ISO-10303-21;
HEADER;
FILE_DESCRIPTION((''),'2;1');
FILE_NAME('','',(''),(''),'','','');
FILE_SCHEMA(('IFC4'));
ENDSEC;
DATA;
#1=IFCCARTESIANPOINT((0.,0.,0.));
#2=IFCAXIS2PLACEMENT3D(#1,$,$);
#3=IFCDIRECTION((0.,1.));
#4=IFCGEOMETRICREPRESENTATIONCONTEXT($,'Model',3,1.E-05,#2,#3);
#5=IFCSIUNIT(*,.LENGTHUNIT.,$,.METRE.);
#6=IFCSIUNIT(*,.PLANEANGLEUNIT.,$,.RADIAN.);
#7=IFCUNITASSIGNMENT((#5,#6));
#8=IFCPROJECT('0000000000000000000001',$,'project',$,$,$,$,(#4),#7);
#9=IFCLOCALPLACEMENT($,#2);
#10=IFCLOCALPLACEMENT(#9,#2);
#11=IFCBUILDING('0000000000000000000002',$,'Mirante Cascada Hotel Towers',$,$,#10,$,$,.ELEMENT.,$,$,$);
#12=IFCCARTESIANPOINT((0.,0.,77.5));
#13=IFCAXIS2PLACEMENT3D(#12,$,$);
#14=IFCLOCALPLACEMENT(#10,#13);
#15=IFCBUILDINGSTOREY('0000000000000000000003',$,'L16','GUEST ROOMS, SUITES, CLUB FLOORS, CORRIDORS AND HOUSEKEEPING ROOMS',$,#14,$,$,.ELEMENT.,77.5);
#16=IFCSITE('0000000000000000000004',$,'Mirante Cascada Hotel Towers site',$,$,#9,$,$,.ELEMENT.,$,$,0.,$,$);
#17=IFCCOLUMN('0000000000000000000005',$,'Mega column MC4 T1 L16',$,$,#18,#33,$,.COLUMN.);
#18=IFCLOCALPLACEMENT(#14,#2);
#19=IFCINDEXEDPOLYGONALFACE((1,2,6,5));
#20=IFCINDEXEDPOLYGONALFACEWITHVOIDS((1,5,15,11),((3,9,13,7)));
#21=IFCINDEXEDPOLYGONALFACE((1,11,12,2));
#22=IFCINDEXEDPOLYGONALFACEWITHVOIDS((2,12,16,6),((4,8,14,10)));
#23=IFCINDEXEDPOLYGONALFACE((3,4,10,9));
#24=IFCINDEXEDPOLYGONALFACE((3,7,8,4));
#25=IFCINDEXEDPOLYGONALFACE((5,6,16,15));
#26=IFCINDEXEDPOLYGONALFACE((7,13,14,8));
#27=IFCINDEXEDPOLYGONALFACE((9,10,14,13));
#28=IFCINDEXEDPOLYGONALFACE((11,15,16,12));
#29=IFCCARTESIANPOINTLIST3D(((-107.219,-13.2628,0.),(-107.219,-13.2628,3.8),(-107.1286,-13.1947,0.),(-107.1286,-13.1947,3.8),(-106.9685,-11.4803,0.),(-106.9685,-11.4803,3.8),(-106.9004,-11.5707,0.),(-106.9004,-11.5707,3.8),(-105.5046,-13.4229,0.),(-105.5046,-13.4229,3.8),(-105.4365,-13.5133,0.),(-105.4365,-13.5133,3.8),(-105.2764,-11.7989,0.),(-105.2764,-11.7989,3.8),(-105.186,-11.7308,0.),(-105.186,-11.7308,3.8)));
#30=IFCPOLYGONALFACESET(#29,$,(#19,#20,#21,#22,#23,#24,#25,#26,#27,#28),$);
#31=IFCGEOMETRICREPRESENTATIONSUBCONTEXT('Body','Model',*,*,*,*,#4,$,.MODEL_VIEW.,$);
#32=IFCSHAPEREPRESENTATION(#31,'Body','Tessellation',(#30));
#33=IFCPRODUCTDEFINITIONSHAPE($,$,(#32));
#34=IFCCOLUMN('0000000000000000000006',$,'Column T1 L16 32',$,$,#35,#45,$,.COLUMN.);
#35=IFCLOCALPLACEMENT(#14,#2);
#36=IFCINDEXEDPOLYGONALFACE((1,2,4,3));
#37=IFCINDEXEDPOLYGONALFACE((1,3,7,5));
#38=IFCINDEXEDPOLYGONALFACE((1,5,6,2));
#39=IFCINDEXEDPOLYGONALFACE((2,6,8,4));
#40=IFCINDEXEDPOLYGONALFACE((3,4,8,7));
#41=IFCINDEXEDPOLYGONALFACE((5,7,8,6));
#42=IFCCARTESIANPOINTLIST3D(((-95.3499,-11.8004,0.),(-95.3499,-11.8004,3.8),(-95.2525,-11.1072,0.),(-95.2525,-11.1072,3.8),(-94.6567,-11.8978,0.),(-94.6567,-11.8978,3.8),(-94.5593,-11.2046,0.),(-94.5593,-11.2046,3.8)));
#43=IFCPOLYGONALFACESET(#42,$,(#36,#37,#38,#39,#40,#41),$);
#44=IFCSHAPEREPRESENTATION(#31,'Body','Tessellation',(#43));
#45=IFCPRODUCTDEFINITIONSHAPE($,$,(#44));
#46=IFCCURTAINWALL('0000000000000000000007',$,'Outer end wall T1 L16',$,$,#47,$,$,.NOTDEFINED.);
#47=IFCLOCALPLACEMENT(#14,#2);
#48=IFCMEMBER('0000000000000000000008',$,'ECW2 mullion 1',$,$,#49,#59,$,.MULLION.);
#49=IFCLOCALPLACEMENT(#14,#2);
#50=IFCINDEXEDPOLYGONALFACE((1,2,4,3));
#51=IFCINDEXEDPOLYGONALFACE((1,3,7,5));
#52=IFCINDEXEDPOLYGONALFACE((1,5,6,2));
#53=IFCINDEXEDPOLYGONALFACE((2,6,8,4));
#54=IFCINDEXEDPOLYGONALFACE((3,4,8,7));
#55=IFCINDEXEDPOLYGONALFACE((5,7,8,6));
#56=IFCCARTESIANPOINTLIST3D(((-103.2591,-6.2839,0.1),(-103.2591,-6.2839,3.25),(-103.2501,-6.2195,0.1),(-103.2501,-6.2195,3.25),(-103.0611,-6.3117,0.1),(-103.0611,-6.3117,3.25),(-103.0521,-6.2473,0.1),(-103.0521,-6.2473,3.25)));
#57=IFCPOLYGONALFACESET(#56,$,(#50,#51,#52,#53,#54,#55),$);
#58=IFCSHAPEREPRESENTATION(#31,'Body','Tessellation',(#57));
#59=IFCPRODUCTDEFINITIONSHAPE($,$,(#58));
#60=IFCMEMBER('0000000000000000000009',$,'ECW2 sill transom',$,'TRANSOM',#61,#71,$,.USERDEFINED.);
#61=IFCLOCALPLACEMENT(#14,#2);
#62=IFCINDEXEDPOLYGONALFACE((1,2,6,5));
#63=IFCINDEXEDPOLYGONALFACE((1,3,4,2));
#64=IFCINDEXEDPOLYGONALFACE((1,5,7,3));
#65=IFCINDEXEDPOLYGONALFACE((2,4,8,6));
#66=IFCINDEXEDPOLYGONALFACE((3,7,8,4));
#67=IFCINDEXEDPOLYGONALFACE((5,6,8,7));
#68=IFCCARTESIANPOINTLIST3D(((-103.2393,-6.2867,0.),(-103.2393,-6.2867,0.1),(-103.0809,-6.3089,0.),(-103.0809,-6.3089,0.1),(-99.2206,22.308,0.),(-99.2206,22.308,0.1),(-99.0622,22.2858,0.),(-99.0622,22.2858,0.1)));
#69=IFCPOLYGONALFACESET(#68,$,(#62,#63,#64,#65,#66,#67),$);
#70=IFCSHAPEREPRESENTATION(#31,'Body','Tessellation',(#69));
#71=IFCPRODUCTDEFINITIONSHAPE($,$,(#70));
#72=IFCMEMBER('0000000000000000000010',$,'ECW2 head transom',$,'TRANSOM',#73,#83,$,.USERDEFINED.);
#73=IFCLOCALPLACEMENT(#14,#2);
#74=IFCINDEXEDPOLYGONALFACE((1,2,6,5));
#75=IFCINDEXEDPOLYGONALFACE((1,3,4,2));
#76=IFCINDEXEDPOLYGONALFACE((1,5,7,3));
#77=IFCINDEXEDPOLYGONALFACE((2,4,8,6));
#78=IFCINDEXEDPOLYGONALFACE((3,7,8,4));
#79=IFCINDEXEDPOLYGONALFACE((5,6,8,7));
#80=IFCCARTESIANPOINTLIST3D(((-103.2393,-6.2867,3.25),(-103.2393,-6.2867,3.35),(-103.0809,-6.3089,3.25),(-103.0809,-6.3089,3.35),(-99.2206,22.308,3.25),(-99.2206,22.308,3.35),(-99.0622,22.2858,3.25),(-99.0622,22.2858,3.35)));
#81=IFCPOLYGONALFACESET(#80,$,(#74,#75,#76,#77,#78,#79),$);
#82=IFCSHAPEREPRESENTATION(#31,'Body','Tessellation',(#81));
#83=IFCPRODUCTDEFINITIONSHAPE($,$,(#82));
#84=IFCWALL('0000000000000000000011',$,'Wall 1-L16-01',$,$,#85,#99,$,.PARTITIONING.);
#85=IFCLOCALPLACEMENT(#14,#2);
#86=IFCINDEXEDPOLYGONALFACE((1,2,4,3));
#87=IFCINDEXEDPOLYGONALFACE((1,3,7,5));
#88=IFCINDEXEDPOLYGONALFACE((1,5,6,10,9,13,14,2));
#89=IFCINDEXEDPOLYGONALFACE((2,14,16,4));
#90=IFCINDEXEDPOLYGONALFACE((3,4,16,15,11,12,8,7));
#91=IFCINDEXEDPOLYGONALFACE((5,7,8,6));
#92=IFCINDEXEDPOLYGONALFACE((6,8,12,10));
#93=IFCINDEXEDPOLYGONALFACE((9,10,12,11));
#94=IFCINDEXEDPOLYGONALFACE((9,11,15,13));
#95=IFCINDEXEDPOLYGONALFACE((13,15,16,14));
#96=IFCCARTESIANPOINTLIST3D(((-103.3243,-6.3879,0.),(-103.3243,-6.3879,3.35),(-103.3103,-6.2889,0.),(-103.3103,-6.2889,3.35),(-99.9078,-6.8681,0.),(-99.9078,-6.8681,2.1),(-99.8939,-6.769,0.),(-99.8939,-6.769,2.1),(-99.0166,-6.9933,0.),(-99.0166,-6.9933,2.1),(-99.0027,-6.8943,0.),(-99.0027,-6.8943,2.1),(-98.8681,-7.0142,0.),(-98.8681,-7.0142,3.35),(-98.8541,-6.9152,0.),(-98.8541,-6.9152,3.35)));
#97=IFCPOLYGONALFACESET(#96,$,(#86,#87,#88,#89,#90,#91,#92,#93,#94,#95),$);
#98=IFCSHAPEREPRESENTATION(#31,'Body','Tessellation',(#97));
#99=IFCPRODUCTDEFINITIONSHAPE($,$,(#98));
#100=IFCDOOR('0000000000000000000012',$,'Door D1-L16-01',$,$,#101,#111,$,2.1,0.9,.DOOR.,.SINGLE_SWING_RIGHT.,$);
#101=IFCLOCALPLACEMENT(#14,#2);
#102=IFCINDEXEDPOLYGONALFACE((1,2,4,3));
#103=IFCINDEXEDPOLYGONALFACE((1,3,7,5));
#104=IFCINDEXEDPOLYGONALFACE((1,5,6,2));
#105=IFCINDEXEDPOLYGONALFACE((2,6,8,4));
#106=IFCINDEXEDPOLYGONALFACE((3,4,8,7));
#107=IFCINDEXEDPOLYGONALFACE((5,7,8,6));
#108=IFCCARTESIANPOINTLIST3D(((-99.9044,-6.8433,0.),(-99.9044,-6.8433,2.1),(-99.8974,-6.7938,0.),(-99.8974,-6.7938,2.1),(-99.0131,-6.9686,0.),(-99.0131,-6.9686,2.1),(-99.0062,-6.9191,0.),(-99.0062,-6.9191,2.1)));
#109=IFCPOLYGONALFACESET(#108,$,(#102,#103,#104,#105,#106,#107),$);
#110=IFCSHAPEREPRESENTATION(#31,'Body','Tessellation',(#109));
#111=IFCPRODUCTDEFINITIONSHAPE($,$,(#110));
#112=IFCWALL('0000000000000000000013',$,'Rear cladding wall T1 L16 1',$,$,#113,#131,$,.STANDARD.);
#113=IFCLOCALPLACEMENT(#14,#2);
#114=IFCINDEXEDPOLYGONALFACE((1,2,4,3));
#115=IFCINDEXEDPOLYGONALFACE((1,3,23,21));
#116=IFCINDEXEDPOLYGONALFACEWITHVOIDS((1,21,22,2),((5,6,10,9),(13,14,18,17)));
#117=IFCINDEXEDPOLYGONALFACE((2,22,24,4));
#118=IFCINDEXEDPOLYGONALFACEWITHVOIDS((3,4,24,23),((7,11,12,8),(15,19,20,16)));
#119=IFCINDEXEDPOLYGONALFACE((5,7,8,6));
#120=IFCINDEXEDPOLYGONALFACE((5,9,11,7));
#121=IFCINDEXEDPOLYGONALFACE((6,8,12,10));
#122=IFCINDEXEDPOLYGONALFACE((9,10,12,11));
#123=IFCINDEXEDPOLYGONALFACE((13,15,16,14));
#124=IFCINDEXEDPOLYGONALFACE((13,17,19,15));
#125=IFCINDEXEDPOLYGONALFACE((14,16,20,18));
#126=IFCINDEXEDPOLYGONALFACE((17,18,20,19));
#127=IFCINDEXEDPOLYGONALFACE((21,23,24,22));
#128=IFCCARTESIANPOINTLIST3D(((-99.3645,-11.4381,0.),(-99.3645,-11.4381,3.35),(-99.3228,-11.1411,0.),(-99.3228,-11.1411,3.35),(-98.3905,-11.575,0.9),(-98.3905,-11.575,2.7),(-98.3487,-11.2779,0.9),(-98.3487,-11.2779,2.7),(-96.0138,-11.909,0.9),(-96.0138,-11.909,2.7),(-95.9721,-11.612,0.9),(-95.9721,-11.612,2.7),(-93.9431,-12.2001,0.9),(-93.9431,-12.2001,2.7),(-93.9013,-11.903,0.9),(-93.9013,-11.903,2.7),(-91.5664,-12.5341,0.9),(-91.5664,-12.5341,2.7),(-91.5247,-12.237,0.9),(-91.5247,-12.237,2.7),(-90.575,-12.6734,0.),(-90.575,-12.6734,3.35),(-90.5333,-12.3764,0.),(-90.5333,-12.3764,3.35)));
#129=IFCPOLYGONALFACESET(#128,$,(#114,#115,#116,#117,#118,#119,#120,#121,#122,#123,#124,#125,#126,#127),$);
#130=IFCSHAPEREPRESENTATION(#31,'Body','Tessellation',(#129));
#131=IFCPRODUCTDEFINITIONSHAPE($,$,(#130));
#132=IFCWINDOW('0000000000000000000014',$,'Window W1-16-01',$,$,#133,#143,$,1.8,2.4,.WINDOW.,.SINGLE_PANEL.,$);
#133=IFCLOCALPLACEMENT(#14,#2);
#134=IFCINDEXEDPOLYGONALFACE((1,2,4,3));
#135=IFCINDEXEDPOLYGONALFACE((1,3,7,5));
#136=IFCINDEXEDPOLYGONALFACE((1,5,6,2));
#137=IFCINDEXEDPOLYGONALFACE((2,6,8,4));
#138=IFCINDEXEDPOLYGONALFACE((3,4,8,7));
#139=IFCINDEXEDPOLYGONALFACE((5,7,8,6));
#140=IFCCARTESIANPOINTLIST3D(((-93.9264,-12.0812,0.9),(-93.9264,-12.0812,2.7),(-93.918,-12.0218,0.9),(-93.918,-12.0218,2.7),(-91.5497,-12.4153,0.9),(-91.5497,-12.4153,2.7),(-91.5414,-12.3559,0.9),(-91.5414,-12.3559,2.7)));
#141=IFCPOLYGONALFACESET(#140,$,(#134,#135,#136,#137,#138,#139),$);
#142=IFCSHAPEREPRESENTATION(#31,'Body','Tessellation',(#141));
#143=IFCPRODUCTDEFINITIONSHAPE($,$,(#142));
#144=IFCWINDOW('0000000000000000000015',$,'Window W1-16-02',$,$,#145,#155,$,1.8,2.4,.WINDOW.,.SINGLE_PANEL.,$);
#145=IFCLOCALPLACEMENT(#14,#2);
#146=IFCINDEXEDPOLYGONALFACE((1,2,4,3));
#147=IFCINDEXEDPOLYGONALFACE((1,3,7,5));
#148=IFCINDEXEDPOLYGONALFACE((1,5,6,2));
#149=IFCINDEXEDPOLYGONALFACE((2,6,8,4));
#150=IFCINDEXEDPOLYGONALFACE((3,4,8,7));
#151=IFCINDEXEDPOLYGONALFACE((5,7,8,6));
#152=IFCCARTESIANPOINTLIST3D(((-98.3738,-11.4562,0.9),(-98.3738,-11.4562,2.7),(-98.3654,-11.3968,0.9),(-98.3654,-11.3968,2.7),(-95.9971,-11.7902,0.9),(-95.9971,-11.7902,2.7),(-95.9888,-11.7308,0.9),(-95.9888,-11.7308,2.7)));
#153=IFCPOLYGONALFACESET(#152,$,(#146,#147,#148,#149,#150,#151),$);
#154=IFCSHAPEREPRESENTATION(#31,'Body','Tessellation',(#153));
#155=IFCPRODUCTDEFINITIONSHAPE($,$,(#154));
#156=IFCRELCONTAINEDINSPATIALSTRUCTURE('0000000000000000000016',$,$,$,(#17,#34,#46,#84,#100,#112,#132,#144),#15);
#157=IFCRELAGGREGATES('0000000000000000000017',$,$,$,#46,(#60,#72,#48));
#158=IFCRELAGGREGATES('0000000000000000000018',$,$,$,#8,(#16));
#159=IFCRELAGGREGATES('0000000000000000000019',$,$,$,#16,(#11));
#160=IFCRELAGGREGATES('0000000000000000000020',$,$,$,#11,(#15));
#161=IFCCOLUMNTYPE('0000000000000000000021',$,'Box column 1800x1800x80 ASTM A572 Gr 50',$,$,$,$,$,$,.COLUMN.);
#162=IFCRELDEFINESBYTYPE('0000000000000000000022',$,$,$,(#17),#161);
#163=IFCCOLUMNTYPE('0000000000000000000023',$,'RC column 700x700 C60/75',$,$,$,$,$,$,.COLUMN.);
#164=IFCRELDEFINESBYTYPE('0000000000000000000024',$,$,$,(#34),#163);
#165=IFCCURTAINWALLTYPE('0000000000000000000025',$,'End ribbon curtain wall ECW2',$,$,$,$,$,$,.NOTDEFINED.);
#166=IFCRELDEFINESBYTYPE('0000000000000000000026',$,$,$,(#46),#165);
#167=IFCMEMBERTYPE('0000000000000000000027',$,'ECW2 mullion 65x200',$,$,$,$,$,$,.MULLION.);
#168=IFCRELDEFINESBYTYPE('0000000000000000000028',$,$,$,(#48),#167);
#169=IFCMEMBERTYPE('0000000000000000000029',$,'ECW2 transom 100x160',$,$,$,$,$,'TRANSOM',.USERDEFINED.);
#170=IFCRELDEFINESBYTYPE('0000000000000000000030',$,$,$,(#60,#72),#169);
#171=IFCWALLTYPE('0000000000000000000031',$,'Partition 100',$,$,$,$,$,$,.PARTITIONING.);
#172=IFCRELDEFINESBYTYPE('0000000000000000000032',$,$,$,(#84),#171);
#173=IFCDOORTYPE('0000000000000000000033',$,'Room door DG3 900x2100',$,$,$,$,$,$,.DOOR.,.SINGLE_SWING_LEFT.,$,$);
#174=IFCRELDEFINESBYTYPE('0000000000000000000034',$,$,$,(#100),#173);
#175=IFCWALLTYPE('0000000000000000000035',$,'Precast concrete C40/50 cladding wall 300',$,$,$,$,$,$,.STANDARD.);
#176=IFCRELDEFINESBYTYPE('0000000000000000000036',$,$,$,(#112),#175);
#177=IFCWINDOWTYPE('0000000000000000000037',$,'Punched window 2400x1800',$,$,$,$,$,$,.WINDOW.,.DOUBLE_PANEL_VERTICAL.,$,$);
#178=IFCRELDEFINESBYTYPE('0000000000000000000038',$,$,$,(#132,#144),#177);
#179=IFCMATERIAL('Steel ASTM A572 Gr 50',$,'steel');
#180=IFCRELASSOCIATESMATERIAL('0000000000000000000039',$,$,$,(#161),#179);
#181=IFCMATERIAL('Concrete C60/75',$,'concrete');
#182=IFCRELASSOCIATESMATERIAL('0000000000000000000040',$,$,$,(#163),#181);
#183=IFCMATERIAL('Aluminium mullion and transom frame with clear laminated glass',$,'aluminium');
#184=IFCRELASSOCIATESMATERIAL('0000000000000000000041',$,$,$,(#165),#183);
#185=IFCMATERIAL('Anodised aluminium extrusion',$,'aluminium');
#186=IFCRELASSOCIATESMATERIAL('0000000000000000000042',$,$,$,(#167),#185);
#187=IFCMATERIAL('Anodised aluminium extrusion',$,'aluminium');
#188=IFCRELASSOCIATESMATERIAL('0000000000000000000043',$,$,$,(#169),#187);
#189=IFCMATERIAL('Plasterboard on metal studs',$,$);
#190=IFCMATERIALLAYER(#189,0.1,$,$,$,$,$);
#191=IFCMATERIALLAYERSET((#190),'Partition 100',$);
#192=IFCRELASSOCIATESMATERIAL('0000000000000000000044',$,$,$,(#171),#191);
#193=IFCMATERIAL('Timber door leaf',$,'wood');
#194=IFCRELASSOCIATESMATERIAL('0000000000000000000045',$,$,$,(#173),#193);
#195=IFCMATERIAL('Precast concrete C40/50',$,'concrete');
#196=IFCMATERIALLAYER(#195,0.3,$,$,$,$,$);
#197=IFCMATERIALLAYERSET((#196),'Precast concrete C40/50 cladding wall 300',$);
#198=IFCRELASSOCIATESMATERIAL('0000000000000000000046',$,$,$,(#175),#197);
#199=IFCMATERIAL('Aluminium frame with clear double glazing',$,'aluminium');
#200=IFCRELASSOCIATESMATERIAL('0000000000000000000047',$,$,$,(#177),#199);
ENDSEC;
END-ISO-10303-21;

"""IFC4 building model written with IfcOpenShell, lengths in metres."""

from ifc_helpers import new_model, si_unit, direction, frame, frame_2d, origin, origin_2d, place, context, subcontext, project, spatial, rectangle, hollow_rectangle, extrude, material, layer, layer_set, material_profile, profile_set, type_object, element, fill, aggregate, save


model = new_model("IFC4")

# Units and contexts
model_context = context("Model", 3, precision=1e-05, world=origin(), true_north=direction((0.0, 1.0)))
body_context = subcontext(model_context, "Body", "Model", "MODEL_VIEW")
ifc_project = project(units=[si_unit("LENGTHUNIT", "METRE"), si_unit("PLANEANGLEUNIT", "RADIAN")], contexts=[model_context])

# Site, building, storey
site_placement = place(None, origin())
site = spatial("IfcSite", under=ifc_project, at=site_placement, Name="Mirante Cascada Hotel Towers site", CompositionType="ELEMENT", RefElevation=0.0)
building_placement = place(site_placement, origin())
building = spatial("IfcBuilding", under=site, at=building_placement, Name="Mirante Cascada Hotel Towers", CompositionType="ELEMENT")
storey_placement = place(building_placement, frame((0.0, 0.0, 77.5)))
storey = spatial("IfcBuildingStorey", under=building, at=storey_placement, Name="L16", Description="GUEST ROOMS, SUITES, CLUB FLOORS, CORRIDORS AND HOUSEKEEPING ROOMS", CompositionType="ELEMENT", Elevation=77.5)

# Columns
ifc_material_1 = material(Name="Steel ASTM A572 Gr 50", Category="steel")
ifc_material_profile_1 = material_profile(ifc_material_1, hollow_rectangle(XDim=1.8, YDim=1.8, WallThickness=0.08, at=origin_2d()), Name="Box column 1800x1800x80 ASTM A572 Gr 50")
ifc_profile_set_1 = profile_set([ifc_material_profile_1], Name="Steel ASTM A572 Gr 50")
column_type_1 = type_object("IfcColumnType", Name="Box column 1800x1800x80 ASTM A572 Gr 50", PredefinedType="COLUMN", material=ifc_profile_set_1)
column_1_placement = place(storey_placement, frame((-106.2025, -12.4968, 0.0), z_axis=(0.0, 0.0, 1.0), x_axis=(-0.990268, 0.139173, 0.0)))
element("IfcColumn", 1, at=column_1_placement, inside=storey, type_object=column_type_1, Name="Mega column MC4 T1 L16", PredefinedType="COLUMN", context=body_context, shape_type="SweptSolid", body=[
    extrude(hollow_rectangle(XDim=1.8, YDim=1.8, WallThickness=0.08, at=origin_2d()), origin(), (0.0, 0.0, 1.0), 3.8),
])
ifc_material_2 = material(Name="Concrete C60/75", Category="concrete")
ifc_material_profile_2 = material_profile(ifc_material_2, rectangle(XDim=0.7, YDim=0.7, at=origin_2d()), Name="RC column 700x700 C60/75")
ifc_profile_set_2 = profile_set([ifc_material_profile_2], Name="Concrete C60/75")
column_type_2 = type_object("IfcColumnType", Name="RC column 700x700 C60/75", PredefinedType="COLUMN", material=ifc_profile_set_2)
column_2_placement = place(storey_placement, frame((-94.9546, -11.5025, 0.0), z_axis=(0.0, 0.0, 1.0), x_axis=(-0.990268, 0.139173, 0.0)))
element("IfcColumn", 2, at=column_2_placement, inside=storey, type_object=column_type_2, Name="Column T1 L16 32", PredefinedType="COLUMN", context=body_context, shape_type="SweptSolid", body=[
    extrude(rectangle(XDim=0.7, YDim=0.7, at=origin_2d()), origin(), (0.0, 0.0, 1.0), 3.8),
])

# Curtain wall, members
ifc_material_3 = material(Name="Aluminium mullion and transom frame with clear laminated glass", Category="aluminium")
curtain_wall_type = type_object("IfcCurtainWallType", Name="End ribbon curtain wall ECW2", PredefinedType="NOTDEFINED", material=ifc_material_3)
curtain_wall_placement = place(storey_placement, origin())
curtain_wall = element("IfcCurtainWall", 3, at=curtain_wall_placement, inside=storey, type_object=curtain_wall_type, Name="Outer end wall T1 L16", PredefinedType="NOTDEFINED")
ifc_material_4 = material(Name="Anodised aluminium extrusion", Category="aluminium")
ifc_material_profile_3 = material_profile(ifc_material_4, rectangle(XDim=0.2, YDim=0.065, at=origin_2d()), Name="ECW2 MULLION 65x200")
ifc_profile_set_3 = profile_set([ifc_material_profile_3], Name="Anodised aluminium extrusion")
member_type_1 = type_object("IfcMemberType", Name="ECW2 mullion 65x200", PredefinedType="MULLION", material=ifc_profile_set_3)
member_1_placement = place(storey_placement, frame((-103.1556, -6.2656, 0.1), z_axis=(0.0, 0.0, 1.0), x_axis=(-0.990268, 0.139173, 0.0)))
member_1 = element("IfcMember", 4, at=member_1_placement, type_object=member_type_1, Name="ECW2 mullion 1", PredefinedType="MULLION", context=body_context, shape_type="SweptSolid", body=[
    extrude(rectangle(XDim=0.2, YDim=0.065, at=origin_2d()), origin(), (0.0, 0.0, 1.0), 3.15),
])
ifc_material_5 = material(Name="Anodised aluminium extrusion", Category="aluminium")
ifc_material_profile_4 = material_profile(ifc_material_5, rectangle(XDim=0.16, YDim=0.1, at=origin_2d()), Name="ECW2 TRANSOM 100x160")
ifc_profile_set_4 = profile_set([ifc_material_profile_4], Name="Anodised aluminium extrusion")
member_type_2 = type_object("IfcMemberType", Name="ECW2 transom 100x160", ElementType="TRANSOM", PredefinedType="USERDEFINED", material=ifc_profile_set_4)
member_2_placement = place(storey_placement, frame((-103.1601, -6.2978, 0.05), z_axis=(0.139172, 0.990268, 0.0), x_axis=(-0.990268, 0.139172, 0.0)))
member_2 = element("IfcMember", 5, at=member_2_placement, type_object=member_type_2, Name="ECW2 sill transom", ObjectType="TRANSOM", PredefinedType="USERDEFINED", context=body_context, shape_type="SweptSolid", body=[
    extrude(rectangle(XDim=0.16, YDim=0.1, at=origin_2d()), origin(), (0.0, 0.0, 1.0), 28.8757),
])
member_3_placement = place(storey_placement, frame((-103.1601, -6.2978, 3.3), z_axis=(0.139172, 0.990268, 0.0), x_axis=(-0.990268, 0.139172, 0.0)))
member_3 = element("IfcMember", 6, at=member_3_placement, type_object=member_type_2, Name="ECW2 head transom", ObjectType="TRANSOM", PredefinedType="USERDEFINED", context=body_context, shape_type="SweptSolid", body=[
    extrude(rectangle(XDim=0.16, YDim=0.1, at=origin_2d()), origin(), (0.0, 0.0, 1.0), 28.8757),
])
aggregate(curtain_wall, [member_2, member_3, member_1])

# Wall, opening, door
ifc_material_6 = material(Name="Plasterboard on metal studs")
ifc_layer_1 = layer(ifc_material_6, 0.1)
ifc_layer_set_1 = layer_set([ifc_layer_1], Name="Partition 100")
wall_type_1 = type_object("IfcWallType", Name="Partition 100", PredefinedType="PARTITIONING", material=ifc_layer_set_1)
wall_1_placement = place(storey_placement, frame((-98.8611, -6.9647, 0.0), z_axis=(0.0, 0.0, 1.0), x_axis=(-0.990267, 0.139178, 0.0)))
wall_1 = element("IfcWall", 7, at=wall_1_placement, inside=storey, type_object=wall_type_1, Name="Wall 1-L16-01", PredefinedType="PARTITIONING", context=body_context, shape_type="SweptSolid", body=[
    extrude(rectangle(XDim=4.5, YDim=0.1, at=frame_2d((2.25, 0.0))), origin(), (0.0, 0.0, 1.0), 3.35),
])
opening_1_placement = place(wall_1_placement, frame((0.15, 0.0, 0.0)))
opening_1 = element("IfcOpeningElement", 8, at=opening_1_placement, cuts=wall_1, PredefinedType="OPENING", context=body_context, shape_type="SweptSolid", body=[
    extrude(rectangle(XDim=0.9, YDim=2.1, at=frame_2d((0.45, 1.05))), frame((0.0, 0.05, 0.0), z_axis=(0.0, -1.0, 0.0), x_axis=(1.0, 0.0, 0.0)), (0.0, 0.0, 1.0), 0.1),
])
ifc_material_7 = material(Name="Timber door leaf", Category="wood")
door_type = type_object("IfcDoorType", Name="Room door DG3 900x2100", OperationType="SINGLE_SWING_LEFT", PredefinedType="DOOR", material=ifc_material_7)
door_placement = place(opening_1_placement, frame((0.9, 0.0, 0.0), z_axis=(0.0, 0.0, 1.0), x_axis=(-1.0, 0.0, 0.0)))
door = element("IfcDoor", 9, at=door_placement, inside=storey, type_object=door_type, Name="Door D1-L16-01", OperationType="SINGLE_SWING_RIGHT", OverallHeight=2.1, OverallWidth=0.9, PredefinedType="DOOR", context=body_context, shape_type="SweptSolid", body=[
    extrude(rectangle(XDim=0.9, YDim=2.1, at=frame_2d((0.45, 1.05))), frame((0.0, 0.025, 0.0), z_axis=(0.0, -1.0, 0.0), x_axis=(1.0, 0.0, 0.0)), (0.0, 0.0, 1.0), 0.05),
])
fill(opening_1, door)

# Wall, openings, windows
ifc_material_8 = material(Name="Precast concrete C40/50", Category="concrete")
ifc_layer_2 = layer(ifc_material_8, 0.3)
ifc_layer_set_2 = layer_set([ifc_layer_2], Name="Precast concrete C40/50 cladding wall 300")
wall_type_2 = type_object("IfcWallType", Name="Precast concrete C40/50 cladding wall 300", PredefinedType="STANDARD", material=ifc_layer_set_2)
wall_2_placement = place(storey_placement, frame((-90.5541, -12.5249, 0.0), z_axis=(0.0, 0.0, 1.0), x_axis=(-0.990268, 0.139175, 0.0)))
wall_2 = element("IfcWall", 10, at=wall_2_placement, inside=storey, type_object=wall_type_2, Name="Rear cladding wall T1 L16 1", PredefinedType="STANDARD", context=body_context, shape_type="SweptSolid", body=[
    extrude(rectangle(XDim=8.8759, YDim=0.3, at=frame_2d((4.438, 0.0))), origin(), (0.0, 0.0, 1.0), 3.35),
])
opening_2_placement = place(wall_2_placement, frame((1.0012, 0.0, 0.9)))
opening_2 = element("IfcOpeningElement", 11, at=opening_2_placement, cuts=wall_2, PredefinedType="OPENING", context=body_context, shape_type="SweptSolid", body=[
    extrude(rectangle(XDim=2.4, YDim=1.8, at=frame_2d((1.2, 0.9))), frame((0.0, 0.15, 0.0), z_axis=(0.0, -1.0, 0.0), x_axis=(1.0, 0.0, 0.0)), (0.0, 0.0, 1.0), 0.3),
])
opening_3_placement = place(wall_2_placement, frame((5.4923, 0.0, 0.9)))
opening_3 = element("IfcOpeningElement", 12, at=opening_3_placement, cuts=wall_2, PredefinedType="OPENING", context=body_context, shape_type="SweptSolid", body=[
    extrude(rectangle(XDim=2.4, YDim=1.8, at=frame_2d((1.2, 0.9))), frame((0.0, 0.15, 0.0), z_axis=(0.0, -1.0, 0.0), x_axis=(1.0, 0.0, 0.0)), (0.0, 0.0, 1.0), 0.3),
])
ifc_material_9 = material(Name="Aluminium frame with clear double glazing", Category="aluminium")
window_type_1 = type_object("IfcWindowType", Name="Punched window 2400x1800", PartitioningType="DOUBLE_PANEL_VERTICAL", PredefinedType="WINDOW", material=ifc_material_9)
window_1_placement = place(opening_2_placement, origin())
window_1 = element("IfcWindow", 13, at=window_1_placement, inside=storey, type_object=window_type_1, Name="Window W1-16-01", OverallHeight=1.8, OverallWidth=2.4, PartitioningType="SINGLE_PANEL", PredefinedType="WINDOW", context=body_context, shape_type="SweptSolid", body=[
    extrude(rectangle(XDim=2.4, YDim=1.8, at=frame_2d((1.2, 0.9))), frame((0.0, 0.03, 0.0), z_axis=(0.0, -1.0, 0.0), x_axis=(1.0, 0.0, 0.0)), (0.0, 0.0, 1.0), 0.06),
])
fill(opening_2, window_1)
window_2_placement = place(opening_3_placement, origin())
window_2 = element("IfcWindow", 14, at=window_2_placement, inside=storey, type_object=window_type_1, Name="Window W1-16-02", OverallHeight=1.8, OverallWidth=2.4, PartitioningType="SINGLE_PANEL", PredefinedType="WINDOW", context=body_context, shape_type="SweptSolid", body=[
    extrude(rectangle(XDim=2.4, YDim=1.8, at=frame_2d((1.2, 0.9))), frame((0.0, 0.03, 0.0), z_axis=(0.0, -1.0, 0.0), x_axis=(1.0, 0.0, 0.0)), (0.0, 0.0, 1.0), 0.06),
])
fill(opening_3, window_2)

save(model, "model.ifc")
